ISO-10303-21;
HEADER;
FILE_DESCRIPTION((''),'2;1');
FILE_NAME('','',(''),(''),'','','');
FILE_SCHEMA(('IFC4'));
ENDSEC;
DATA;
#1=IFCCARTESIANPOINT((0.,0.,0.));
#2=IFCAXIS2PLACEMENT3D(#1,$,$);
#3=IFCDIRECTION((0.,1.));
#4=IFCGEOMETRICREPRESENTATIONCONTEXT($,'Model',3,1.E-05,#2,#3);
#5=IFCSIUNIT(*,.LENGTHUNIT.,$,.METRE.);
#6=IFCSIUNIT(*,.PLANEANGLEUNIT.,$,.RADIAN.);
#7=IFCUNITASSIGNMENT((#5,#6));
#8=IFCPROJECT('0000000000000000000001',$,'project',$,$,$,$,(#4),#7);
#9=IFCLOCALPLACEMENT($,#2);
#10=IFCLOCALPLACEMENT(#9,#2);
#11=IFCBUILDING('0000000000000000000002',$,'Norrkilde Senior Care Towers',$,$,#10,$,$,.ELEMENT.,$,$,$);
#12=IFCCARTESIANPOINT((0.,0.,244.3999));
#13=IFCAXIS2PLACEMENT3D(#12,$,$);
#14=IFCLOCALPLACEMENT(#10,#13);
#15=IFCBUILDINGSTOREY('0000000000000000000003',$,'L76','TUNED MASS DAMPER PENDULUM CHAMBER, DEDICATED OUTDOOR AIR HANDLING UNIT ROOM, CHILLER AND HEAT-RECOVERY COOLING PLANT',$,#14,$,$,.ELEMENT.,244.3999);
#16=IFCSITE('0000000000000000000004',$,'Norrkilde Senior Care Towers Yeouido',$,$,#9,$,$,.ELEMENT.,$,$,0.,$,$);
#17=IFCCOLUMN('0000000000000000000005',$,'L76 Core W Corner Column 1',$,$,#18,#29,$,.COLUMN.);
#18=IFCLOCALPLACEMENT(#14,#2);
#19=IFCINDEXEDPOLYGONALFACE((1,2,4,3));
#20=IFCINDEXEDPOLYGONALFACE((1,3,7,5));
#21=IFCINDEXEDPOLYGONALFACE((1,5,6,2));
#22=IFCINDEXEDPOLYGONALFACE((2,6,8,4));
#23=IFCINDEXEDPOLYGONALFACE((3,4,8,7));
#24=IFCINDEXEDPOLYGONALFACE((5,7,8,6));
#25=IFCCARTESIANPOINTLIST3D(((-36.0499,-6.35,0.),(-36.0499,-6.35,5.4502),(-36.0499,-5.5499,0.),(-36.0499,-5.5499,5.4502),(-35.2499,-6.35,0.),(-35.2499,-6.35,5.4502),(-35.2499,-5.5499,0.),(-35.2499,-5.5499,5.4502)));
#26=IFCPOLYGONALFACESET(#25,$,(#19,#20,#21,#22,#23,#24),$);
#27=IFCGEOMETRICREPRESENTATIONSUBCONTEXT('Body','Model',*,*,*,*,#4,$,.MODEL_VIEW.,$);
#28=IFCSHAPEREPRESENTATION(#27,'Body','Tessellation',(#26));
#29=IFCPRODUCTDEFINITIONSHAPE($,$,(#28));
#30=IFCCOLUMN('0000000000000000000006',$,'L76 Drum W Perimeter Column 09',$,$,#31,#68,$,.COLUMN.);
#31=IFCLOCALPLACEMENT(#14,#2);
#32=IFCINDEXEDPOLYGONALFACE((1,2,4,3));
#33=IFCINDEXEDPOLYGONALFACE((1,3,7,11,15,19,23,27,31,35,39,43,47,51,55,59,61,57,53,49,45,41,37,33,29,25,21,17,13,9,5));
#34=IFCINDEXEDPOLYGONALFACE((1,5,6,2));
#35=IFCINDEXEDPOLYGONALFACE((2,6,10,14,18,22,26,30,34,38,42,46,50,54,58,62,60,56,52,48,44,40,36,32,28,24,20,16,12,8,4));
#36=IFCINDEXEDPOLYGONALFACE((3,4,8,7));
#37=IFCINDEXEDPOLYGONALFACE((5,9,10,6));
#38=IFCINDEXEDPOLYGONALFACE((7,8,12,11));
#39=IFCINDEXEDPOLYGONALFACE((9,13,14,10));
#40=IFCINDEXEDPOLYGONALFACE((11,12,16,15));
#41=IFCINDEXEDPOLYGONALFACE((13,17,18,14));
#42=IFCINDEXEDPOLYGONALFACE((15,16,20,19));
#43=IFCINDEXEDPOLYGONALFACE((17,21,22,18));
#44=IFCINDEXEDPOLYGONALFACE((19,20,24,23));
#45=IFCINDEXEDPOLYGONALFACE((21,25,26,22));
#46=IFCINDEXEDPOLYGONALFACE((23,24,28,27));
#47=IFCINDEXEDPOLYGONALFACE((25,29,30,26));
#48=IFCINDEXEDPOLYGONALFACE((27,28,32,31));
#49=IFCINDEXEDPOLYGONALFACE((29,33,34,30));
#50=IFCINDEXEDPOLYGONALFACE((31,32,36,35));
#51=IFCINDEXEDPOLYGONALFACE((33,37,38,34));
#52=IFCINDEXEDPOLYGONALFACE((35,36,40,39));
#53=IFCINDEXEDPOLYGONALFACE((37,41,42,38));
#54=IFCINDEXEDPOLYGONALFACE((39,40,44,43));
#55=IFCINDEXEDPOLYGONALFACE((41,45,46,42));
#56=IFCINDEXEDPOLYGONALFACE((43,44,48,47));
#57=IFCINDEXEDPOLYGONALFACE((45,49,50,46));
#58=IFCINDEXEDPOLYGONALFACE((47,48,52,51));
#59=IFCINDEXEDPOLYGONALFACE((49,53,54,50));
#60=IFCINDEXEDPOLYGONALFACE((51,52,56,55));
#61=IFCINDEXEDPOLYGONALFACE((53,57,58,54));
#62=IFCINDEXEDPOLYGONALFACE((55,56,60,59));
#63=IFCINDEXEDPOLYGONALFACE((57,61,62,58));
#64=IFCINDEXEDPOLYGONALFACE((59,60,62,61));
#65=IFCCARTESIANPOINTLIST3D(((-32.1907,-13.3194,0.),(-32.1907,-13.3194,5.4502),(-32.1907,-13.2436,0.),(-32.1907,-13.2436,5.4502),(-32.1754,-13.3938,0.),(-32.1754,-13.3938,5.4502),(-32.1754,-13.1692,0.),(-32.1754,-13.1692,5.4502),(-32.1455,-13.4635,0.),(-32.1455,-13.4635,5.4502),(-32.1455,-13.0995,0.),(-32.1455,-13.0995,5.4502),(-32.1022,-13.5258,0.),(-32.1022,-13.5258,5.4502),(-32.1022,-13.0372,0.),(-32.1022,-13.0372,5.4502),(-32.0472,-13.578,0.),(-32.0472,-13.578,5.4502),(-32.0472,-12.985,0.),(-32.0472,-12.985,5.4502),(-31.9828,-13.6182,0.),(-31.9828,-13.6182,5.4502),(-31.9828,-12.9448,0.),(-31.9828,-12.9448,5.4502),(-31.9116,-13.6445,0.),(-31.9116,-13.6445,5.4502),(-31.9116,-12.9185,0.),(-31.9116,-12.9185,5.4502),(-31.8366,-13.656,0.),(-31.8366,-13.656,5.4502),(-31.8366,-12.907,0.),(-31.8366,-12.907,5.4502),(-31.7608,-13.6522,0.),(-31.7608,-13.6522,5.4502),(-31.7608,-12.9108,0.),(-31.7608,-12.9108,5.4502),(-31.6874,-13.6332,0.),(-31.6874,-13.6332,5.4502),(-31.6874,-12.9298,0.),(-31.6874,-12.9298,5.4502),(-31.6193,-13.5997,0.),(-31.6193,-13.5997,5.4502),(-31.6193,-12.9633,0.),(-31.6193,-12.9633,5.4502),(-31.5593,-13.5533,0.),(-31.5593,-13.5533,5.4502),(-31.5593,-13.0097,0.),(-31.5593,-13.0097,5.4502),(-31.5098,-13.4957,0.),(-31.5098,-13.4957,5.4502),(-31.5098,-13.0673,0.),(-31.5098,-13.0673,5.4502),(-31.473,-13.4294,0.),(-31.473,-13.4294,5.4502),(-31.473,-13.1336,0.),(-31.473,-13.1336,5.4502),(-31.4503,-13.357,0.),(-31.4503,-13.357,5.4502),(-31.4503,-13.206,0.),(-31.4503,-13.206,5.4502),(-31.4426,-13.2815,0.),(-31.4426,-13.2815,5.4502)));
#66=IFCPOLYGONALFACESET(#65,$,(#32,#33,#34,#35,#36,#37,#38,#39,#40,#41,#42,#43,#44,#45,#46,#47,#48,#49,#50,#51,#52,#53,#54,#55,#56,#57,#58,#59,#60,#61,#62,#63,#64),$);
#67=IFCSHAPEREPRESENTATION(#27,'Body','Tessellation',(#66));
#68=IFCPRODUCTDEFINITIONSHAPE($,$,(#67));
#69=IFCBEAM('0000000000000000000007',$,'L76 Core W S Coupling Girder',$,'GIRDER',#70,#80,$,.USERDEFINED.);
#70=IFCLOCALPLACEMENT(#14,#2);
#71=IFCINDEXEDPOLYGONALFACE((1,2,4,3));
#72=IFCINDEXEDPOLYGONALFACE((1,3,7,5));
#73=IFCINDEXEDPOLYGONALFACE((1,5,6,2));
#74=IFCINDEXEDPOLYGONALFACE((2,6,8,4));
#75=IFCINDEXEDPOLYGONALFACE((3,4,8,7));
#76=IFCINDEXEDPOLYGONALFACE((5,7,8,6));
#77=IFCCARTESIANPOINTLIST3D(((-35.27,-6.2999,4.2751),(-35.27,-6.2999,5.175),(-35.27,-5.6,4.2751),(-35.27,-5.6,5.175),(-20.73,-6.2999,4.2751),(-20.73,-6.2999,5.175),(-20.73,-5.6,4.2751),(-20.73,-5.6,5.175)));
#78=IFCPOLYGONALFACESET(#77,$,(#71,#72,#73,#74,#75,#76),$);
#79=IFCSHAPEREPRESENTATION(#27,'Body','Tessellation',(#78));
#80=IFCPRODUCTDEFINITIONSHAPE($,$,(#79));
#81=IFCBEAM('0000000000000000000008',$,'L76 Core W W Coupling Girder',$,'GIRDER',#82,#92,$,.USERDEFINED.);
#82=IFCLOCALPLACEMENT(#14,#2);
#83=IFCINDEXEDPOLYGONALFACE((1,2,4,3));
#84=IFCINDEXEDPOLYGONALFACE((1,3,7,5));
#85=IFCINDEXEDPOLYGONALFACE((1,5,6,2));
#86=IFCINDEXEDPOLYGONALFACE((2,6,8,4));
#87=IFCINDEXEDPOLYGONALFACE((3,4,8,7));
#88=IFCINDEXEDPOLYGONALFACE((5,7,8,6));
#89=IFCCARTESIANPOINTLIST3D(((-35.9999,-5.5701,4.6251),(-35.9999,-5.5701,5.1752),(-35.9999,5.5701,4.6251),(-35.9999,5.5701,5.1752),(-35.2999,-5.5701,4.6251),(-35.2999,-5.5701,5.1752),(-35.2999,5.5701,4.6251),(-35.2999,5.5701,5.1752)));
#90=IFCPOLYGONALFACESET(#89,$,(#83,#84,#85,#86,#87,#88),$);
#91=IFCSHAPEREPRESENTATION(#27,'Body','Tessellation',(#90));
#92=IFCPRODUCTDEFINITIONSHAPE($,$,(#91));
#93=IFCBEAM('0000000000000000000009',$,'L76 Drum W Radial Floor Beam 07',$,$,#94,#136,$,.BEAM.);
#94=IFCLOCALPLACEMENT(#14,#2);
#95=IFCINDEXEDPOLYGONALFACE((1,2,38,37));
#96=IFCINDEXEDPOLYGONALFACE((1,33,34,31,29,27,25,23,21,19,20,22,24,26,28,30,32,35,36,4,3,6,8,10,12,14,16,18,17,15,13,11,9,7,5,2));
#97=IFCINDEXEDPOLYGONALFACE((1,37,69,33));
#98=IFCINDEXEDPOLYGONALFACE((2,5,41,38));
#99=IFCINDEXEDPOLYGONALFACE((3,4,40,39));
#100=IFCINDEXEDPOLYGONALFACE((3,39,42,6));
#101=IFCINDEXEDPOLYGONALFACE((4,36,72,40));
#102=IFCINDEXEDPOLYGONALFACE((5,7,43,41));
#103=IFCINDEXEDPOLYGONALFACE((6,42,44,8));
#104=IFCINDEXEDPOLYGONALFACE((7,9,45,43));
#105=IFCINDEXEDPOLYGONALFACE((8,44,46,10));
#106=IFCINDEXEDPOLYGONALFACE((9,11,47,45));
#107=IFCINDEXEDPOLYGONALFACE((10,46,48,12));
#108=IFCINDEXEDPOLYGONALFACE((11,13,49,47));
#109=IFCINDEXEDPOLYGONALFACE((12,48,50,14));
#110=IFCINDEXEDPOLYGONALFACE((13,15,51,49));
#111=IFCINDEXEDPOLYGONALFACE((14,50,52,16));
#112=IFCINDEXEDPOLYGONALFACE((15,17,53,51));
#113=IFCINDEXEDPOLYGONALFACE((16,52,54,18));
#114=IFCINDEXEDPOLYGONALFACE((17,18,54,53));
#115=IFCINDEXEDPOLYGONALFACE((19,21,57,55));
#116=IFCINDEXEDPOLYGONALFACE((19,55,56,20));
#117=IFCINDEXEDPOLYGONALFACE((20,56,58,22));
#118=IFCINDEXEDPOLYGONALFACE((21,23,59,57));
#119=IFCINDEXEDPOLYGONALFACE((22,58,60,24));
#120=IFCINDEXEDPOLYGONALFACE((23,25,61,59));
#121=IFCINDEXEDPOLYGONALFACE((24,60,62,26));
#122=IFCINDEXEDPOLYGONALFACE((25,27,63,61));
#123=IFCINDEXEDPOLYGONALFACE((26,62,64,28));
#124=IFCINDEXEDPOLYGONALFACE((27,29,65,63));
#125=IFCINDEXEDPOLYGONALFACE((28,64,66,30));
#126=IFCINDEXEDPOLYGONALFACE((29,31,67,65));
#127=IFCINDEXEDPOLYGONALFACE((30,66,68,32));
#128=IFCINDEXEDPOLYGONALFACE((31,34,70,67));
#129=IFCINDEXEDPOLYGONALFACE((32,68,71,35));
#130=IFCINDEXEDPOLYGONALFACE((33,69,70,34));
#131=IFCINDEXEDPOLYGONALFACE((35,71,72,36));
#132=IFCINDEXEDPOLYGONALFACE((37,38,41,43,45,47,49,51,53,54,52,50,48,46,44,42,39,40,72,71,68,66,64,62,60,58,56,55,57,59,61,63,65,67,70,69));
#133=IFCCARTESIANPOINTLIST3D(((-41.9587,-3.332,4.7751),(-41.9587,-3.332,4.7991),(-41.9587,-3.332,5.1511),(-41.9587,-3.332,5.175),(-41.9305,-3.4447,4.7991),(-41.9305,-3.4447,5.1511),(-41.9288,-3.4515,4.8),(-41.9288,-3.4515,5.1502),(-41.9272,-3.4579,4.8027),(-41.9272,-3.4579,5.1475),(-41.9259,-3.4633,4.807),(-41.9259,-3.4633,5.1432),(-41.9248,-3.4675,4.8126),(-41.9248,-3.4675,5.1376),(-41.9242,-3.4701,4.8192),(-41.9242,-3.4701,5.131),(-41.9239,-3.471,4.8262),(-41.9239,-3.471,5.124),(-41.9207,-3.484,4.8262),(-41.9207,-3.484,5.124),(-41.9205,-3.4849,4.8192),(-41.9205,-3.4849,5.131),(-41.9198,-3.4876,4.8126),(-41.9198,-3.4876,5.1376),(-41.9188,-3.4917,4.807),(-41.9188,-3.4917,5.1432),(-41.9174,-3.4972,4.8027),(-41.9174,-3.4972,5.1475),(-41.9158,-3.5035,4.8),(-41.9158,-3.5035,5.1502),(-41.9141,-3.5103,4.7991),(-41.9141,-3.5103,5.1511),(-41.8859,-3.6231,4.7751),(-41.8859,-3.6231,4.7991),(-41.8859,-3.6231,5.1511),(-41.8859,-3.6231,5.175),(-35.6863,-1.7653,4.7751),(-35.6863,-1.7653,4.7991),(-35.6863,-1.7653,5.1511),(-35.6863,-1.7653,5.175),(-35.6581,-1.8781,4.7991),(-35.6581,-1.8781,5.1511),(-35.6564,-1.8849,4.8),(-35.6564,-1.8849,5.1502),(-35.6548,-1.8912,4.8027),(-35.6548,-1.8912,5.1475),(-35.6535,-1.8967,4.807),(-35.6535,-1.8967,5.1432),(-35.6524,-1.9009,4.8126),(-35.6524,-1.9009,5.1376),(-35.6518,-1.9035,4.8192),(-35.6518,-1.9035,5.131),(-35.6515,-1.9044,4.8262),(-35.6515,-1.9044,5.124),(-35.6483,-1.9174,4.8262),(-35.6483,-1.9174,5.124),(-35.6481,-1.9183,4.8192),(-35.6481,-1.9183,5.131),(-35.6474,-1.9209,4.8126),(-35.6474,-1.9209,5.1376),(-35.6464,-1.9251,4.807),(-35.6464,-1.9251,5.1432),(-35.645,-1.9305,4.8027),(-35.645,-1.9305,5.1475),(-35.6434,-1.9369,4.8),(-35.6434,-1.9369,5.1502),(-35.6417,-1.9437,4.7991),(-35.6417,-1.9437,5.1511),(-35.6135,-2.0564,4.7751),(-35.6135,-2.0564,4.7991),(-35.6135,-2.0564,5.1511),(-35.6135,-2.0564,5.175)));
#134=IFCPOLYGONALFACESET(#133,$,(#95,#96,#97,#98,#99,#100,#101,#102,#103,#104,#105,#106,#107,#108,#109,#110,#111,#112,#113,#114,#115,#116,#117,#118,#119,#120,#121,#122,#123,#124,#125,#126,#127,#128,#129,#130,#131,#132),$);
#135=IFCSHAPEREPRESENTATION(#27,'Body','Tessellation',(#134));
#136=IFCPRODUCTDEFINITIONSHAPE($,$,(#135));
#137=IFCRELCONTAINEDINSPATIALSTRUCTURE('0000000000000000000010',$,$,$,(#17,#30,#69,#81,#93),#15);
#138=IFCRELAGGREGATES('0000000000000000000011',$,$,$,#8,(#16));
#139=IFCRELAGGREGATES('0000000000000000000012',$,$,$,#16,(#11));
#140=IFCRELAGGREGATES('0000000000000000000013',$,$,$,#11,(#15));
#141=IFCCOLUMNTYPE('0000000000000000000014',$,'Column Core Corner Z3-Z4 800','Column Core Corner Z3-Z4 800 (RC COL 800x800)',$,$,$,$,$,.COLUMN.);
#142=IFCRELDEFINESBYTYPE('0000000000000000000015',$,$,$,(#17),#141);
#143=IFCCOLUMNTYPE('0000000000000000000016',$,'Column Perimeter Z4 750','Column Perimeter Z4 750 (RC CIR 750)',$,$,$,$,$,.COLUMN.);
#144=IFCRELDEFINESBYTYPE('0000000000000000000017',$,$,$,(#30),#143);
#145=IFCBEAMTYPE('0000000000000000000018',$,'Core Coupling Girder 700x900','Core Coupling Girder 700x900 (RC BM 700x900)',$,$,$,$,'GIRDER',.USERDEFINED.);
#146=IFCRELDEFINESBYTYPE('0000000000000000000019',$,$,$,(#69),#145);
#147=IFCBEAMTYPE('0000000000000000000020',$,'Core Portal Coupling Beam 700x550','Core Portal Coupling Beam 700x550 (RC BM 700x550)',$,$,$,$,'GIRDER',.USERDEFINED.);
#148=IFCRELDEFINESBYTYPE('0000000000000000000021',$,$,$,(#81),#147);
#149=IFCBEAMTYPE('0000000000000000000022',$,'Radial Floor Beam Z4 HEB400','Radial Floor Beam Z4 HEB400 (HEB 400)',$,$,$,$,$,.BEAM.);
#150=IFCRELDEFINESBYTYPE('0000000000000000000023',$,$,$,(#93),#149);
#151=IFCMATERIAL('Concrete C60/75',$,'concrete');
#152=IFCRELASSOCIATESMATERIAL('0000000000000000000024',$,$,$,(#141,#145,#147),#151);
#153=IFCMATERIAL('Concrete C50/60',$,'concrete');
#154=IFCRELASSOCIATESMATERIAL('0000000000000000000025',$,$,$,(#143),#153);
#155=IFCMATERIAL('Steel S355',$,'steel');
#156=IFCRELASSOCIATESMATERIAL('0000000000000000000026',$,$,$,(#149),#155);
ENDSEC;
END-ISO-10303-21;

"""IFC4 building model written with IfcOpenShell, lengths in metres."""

from ifc_helpers import new_model, si_unit, direction, frame, origin, origin_2d, place, context, subcontext, project, spatial, rectangle, circle, i_section, extrude, source, transform, mapped, material, material_profile, profile_set, type_object, type_shapes, element, save


model = new_model("IFC4")

# Units and contexts
model_context = context("Model", 3, precision=1e-05, world=origin(), true_north=direction((0.0, 1.0)))
body_context = subcontext(model_context, "Body", "Model", "MODEL_VIEW")
ifc_project = project(units=[si_unit("LENGTHUNIT", "METRE"), si_unit("PLANEANGLEUNIT", "RADIAN")], contexts=[model_context])

# Site, building, storey
site_placement = place(None, origin())
site = spatial("IfcSite", under=ifc_project, at=site_placement, Name="Norrkilde Senior Care Towers Yeouido", CompositionType="ELEMENT", RefElevation=0.0)
building_placement = place(site_placement, origin())
building = spatial("IfcBuilding", under=site, at=building_placement, Name="Norrkilde Senior Care Towers", CompositionType="ELEMENT")
storey_placement = place(building_placement, frame((0.0, 0.0, 244.3999)))
storey = spatial("IfcBuildingStorey", under=building, at=storey_placement, Name="L76", Description="TUNED MASS DAMPER PENDULUM CHAMBER, DEDICATED OUTDOOR AIR HANDLING UNIT ROOM, CHILLER AND HEAT-RECOVERY COOLING PLANT", CompositionType="ELEMENT", Elevation=244.3999)

# Columns
ifc_material_1 = material(Name="Concrete C60/75", Category="concrete")
ifc_material_profile_1 = material_profile(ifc_material_1, rectangle(XDim=0.8, YDim=0.8, at=origin_2d()), Name="RC COL 800x800")
ifc_profile_set_1 = profile_set([ifc_material_profile_1], Name="Concrete C60/75")
column_type_1 = type_object("IfcColumnType", Name="Column Core Corner Z3-Z4 800", Description="Column Core Corner Z3-Z4 800 (RC COL 800x800)", PredefinedType="COLUMN", material=ifc_profile_set_1)
shared_shape_1 = source(origin(), body_context, "Body", "SweptSolid", [
    extrude(rectangle(XDim=0.8, YDim=0.8, at=origin_2d()), origin(), (0.0, 0.0, 1.0), 5.4502),
])
type_shapes(column_type_1, [shared_shape_1])
column_1_placement = place(storey_placement, frame((-35.6499, -5.95, 0.0), z_axis=(0.0, 0.0, 1.0), x_axis=(1.0, 0.0, 0.0)))
element("IfcColumn", 1, at=column_1_placement, inside=storey, type_object=column_type_1, Name="L76 Core W Corner Column 1", PredefinedType="COLUMN", context=body_context, shape_type="MappedRepresentation", body=[
    mapped(shared_shape_1, transform((0.0, 0.0, 0.0), x_axis=(1.0, 0.0, 0.0), y_axis=(0.0, 1.0, 0.0), z_axis=(0.0, 0.0, 1.0), scale=1.0)),
])
ifc_material_2 = material(Name="Concrete C50/60", Category="concrete")
ifc_material_profile_2 = material_profile(ifc_material_2, circle(Radius=0.375, at=origin_2d()), Name="RC CIR 750")
ifc_profile_set_2 = profile_set([ifc_material_profile_2], Name="Concrete C50/60")
column_type_2 = type_object("IfcColumnType", Name="Column Perimeter Z4 750", Description="Column Perimeter Z4 750 (RC CIR 750)", PredefinedType="COLUMN", material=ifc_profile_set_2)
shared_shape_2 = source(origin(), body_context, "Body", "SweptSolid", [
    extrude(circle(Radius=0.375, at=origin_2d()), origin(), (0.0, 0.0, 1.0), 5.4502),
])
type_shapes(column_type_2, [shared_shape_2])
column_2_placement = place(storey_placement, frame((-31.8176, -13.2815, 0.0), z_axis=(0.0, 0.0, 1.0), x_axis=(1.0, 0.0, 0.0)))
element("IfcColumn", 2, at=column_2_placement, inside=storey, type_object=column_type_2, Name="L76 Drum W Perimeter Column 09", PredefinedType="COLUMN", context=body_context, shape_type="MappedRepresentation", body=[
    mapped(shared_shape_2, transform((0.0, 0.0, 0.0), x_axis=(1.0, 0.0, 0.0), y_axis=(0.0, 1.0, 0.0), z_axis=(0.0, 0.0, 1.0), scale=1.0)),
])

# Beams
ifc_material_profile_3 = material_profile(ifc_material_1, rectangle(XDim=0.7, YDim=0.8999, at=origin_2d()), Name="RC BM 700x900")
ifc_profile_set_3 = profile_set([ifc_material_profile_3], Name="Concrete C60/75")
beam_type_1 = type_object("IfcBeamType", Name="Core Coupling Girder 700x900", Description="Core Coupling Girder 700x900 (RC BM 700x900)", ElementType="GIRDER", PredefinedType="USERDEFINED", material=ifc_profile_set_3)
shared_shape_3 = source(origin(), body_context, "Body", "SweptSolid", [
    extrude(rectangle(XDim=0.7, YDim=0.8999, at=origin_2d()), origin(), (0.0, 0.0, 1.0), 14.54),
])
type_shapes(beam_type_1, [shared_shape_3])
beam_1_placement = place(storey_placement, frame((-35.27, -5.95, 4.7251), z_axis=(1.0, 0.0, 0.0), x_axis=(0.0, 1.0, 0.0)))
element("IfcBeam", 3, at=beam_1_placement, inside=storey, type_object=beam_type_1, Name="L76 Core W S Coupling Girder", ObjectType="GIRDER", PredefinedType="USERDEFINED", context=body_context, shape_type="MappedRepresentation", body=[
    mapped(shared_shape_3, transform((0.0, 0.0, 0.0), x_axis=(1.0, 0.0, 0.0), y_axis=(0.0, 1.0, 0.0), z_axis=(0.0, 0.0, 1.0), scale=1.0)),
])
ifc_material_profile_4 = material_profile(ifc_material_1, rectangle(XDim=0.7, YDim=0.55, at=origin_2d()), Name="RC BM 700x550")
ifc_profile_set_4 = profile_set([ifc_material_profile_4], Name="Concrete C60/75")
beam_type_2 = type_object("IfcBeamType", Name="Core Portal Coupling Beam 700x550", Description="Core Portal Coupling Beam 700x550 (RC BM 700x550)", ElementType="GIRDER", PredefinedType="USERDEFINED", material=ifc_profile_set_4)
shared_shape_4 = source(origin(), body_context, "Body", "SweptSolid", [
    extrude(rectangle(XDim=0.7, YDim=0.55, at=origin_2d()), origin(), (0.0, 0.0, 1.0), 11.1401),
])
type_shapes(beam_type_2, [shared_shape_4])
beam_2_placement = place(storey_placement, frame((-35.6499, -5.5701, 4.9001), z_axis=(0.0, 1.0, 0.0), x_axis=(-1.0, 0.0, 0.0)))
element("IfcBeam", 4, at=beam_2_placement, inside=storey, type_object=beam_type_2, Name="L76 Core W W Coupling Girder", ObjectType="GIRDER", PredefinedType="USERDEFINED", context=body_context, shape_type="MappedRepresentation", body=[
    mapped(shared_shape_4, transform((0.0, 0.0, 0.0), x_axis=(1.0, 0.0, 0.0), y_axis=(0.0, 1.0, 0.0), z_axis=(0.0, 0.0, 1.0), scale=1.0)),
])
ifc_material_3 = material(Name="Steel S355", Category="steel")
ifc_material_profile_5 = material_profile(ifc_material_3, i_section(OverallWidth=0.3, OverallDepth=0.3999, WebThickness=0.0134, FlangeThickness=0.0239, FilletRadius=0.0271, at=origin_2d()), Name="HEB 400")
ifc_profile_set_5 = profile_set([ifc_material_profile_5], Name="Steel S355")
beam_type_3 = type_object("IfcBeamType", Name="Radial Floor Beam Z4 HEB400", Description="Radial Floor Beam Z4 HEB400 (HEB 400)", PredefinedType="BEAM", material=ifc_profile_set_5)
shared_shape_5 = source(origin(), body_context, "Body", "SweptSolid", [
    extrude(i_section(OverallWidth=0.3, OverallDepth=0.3999, WebThickness=0.0134, FlangeThickness=0.0239, FilletRadius=0.0271, at=origin_2d()), origin(), (0.0, 0.0, 1.0), 6.4651),
])
beam_3_placement = place(storey_placement, frame((-35.6499, -1.9109, 4.9751), z_axis=(-0.970196, -0.242322, 0.0), x_axis=(0.242322, -0.970196, 0.0)))
element("IfcBeam", 5, at=beam_3_placement, inside=storey, type_object=beam_type_3, Name="L76 Drum W Radial Floor Beam 07", PredefinedType="BEAM", context=body_context, shape_type="MappedRepresentation", body=[
    mapped(shared_shape_5, transform((0.0, 0.0, 0.0), x_axis=(1.0, 0.0, 0.0), y_axis=(0.0, 1.0, 0.0), z_axis=(0.0, 0.0, 1.0), scale=1.0)),
])

save(model, "model.ifc")
